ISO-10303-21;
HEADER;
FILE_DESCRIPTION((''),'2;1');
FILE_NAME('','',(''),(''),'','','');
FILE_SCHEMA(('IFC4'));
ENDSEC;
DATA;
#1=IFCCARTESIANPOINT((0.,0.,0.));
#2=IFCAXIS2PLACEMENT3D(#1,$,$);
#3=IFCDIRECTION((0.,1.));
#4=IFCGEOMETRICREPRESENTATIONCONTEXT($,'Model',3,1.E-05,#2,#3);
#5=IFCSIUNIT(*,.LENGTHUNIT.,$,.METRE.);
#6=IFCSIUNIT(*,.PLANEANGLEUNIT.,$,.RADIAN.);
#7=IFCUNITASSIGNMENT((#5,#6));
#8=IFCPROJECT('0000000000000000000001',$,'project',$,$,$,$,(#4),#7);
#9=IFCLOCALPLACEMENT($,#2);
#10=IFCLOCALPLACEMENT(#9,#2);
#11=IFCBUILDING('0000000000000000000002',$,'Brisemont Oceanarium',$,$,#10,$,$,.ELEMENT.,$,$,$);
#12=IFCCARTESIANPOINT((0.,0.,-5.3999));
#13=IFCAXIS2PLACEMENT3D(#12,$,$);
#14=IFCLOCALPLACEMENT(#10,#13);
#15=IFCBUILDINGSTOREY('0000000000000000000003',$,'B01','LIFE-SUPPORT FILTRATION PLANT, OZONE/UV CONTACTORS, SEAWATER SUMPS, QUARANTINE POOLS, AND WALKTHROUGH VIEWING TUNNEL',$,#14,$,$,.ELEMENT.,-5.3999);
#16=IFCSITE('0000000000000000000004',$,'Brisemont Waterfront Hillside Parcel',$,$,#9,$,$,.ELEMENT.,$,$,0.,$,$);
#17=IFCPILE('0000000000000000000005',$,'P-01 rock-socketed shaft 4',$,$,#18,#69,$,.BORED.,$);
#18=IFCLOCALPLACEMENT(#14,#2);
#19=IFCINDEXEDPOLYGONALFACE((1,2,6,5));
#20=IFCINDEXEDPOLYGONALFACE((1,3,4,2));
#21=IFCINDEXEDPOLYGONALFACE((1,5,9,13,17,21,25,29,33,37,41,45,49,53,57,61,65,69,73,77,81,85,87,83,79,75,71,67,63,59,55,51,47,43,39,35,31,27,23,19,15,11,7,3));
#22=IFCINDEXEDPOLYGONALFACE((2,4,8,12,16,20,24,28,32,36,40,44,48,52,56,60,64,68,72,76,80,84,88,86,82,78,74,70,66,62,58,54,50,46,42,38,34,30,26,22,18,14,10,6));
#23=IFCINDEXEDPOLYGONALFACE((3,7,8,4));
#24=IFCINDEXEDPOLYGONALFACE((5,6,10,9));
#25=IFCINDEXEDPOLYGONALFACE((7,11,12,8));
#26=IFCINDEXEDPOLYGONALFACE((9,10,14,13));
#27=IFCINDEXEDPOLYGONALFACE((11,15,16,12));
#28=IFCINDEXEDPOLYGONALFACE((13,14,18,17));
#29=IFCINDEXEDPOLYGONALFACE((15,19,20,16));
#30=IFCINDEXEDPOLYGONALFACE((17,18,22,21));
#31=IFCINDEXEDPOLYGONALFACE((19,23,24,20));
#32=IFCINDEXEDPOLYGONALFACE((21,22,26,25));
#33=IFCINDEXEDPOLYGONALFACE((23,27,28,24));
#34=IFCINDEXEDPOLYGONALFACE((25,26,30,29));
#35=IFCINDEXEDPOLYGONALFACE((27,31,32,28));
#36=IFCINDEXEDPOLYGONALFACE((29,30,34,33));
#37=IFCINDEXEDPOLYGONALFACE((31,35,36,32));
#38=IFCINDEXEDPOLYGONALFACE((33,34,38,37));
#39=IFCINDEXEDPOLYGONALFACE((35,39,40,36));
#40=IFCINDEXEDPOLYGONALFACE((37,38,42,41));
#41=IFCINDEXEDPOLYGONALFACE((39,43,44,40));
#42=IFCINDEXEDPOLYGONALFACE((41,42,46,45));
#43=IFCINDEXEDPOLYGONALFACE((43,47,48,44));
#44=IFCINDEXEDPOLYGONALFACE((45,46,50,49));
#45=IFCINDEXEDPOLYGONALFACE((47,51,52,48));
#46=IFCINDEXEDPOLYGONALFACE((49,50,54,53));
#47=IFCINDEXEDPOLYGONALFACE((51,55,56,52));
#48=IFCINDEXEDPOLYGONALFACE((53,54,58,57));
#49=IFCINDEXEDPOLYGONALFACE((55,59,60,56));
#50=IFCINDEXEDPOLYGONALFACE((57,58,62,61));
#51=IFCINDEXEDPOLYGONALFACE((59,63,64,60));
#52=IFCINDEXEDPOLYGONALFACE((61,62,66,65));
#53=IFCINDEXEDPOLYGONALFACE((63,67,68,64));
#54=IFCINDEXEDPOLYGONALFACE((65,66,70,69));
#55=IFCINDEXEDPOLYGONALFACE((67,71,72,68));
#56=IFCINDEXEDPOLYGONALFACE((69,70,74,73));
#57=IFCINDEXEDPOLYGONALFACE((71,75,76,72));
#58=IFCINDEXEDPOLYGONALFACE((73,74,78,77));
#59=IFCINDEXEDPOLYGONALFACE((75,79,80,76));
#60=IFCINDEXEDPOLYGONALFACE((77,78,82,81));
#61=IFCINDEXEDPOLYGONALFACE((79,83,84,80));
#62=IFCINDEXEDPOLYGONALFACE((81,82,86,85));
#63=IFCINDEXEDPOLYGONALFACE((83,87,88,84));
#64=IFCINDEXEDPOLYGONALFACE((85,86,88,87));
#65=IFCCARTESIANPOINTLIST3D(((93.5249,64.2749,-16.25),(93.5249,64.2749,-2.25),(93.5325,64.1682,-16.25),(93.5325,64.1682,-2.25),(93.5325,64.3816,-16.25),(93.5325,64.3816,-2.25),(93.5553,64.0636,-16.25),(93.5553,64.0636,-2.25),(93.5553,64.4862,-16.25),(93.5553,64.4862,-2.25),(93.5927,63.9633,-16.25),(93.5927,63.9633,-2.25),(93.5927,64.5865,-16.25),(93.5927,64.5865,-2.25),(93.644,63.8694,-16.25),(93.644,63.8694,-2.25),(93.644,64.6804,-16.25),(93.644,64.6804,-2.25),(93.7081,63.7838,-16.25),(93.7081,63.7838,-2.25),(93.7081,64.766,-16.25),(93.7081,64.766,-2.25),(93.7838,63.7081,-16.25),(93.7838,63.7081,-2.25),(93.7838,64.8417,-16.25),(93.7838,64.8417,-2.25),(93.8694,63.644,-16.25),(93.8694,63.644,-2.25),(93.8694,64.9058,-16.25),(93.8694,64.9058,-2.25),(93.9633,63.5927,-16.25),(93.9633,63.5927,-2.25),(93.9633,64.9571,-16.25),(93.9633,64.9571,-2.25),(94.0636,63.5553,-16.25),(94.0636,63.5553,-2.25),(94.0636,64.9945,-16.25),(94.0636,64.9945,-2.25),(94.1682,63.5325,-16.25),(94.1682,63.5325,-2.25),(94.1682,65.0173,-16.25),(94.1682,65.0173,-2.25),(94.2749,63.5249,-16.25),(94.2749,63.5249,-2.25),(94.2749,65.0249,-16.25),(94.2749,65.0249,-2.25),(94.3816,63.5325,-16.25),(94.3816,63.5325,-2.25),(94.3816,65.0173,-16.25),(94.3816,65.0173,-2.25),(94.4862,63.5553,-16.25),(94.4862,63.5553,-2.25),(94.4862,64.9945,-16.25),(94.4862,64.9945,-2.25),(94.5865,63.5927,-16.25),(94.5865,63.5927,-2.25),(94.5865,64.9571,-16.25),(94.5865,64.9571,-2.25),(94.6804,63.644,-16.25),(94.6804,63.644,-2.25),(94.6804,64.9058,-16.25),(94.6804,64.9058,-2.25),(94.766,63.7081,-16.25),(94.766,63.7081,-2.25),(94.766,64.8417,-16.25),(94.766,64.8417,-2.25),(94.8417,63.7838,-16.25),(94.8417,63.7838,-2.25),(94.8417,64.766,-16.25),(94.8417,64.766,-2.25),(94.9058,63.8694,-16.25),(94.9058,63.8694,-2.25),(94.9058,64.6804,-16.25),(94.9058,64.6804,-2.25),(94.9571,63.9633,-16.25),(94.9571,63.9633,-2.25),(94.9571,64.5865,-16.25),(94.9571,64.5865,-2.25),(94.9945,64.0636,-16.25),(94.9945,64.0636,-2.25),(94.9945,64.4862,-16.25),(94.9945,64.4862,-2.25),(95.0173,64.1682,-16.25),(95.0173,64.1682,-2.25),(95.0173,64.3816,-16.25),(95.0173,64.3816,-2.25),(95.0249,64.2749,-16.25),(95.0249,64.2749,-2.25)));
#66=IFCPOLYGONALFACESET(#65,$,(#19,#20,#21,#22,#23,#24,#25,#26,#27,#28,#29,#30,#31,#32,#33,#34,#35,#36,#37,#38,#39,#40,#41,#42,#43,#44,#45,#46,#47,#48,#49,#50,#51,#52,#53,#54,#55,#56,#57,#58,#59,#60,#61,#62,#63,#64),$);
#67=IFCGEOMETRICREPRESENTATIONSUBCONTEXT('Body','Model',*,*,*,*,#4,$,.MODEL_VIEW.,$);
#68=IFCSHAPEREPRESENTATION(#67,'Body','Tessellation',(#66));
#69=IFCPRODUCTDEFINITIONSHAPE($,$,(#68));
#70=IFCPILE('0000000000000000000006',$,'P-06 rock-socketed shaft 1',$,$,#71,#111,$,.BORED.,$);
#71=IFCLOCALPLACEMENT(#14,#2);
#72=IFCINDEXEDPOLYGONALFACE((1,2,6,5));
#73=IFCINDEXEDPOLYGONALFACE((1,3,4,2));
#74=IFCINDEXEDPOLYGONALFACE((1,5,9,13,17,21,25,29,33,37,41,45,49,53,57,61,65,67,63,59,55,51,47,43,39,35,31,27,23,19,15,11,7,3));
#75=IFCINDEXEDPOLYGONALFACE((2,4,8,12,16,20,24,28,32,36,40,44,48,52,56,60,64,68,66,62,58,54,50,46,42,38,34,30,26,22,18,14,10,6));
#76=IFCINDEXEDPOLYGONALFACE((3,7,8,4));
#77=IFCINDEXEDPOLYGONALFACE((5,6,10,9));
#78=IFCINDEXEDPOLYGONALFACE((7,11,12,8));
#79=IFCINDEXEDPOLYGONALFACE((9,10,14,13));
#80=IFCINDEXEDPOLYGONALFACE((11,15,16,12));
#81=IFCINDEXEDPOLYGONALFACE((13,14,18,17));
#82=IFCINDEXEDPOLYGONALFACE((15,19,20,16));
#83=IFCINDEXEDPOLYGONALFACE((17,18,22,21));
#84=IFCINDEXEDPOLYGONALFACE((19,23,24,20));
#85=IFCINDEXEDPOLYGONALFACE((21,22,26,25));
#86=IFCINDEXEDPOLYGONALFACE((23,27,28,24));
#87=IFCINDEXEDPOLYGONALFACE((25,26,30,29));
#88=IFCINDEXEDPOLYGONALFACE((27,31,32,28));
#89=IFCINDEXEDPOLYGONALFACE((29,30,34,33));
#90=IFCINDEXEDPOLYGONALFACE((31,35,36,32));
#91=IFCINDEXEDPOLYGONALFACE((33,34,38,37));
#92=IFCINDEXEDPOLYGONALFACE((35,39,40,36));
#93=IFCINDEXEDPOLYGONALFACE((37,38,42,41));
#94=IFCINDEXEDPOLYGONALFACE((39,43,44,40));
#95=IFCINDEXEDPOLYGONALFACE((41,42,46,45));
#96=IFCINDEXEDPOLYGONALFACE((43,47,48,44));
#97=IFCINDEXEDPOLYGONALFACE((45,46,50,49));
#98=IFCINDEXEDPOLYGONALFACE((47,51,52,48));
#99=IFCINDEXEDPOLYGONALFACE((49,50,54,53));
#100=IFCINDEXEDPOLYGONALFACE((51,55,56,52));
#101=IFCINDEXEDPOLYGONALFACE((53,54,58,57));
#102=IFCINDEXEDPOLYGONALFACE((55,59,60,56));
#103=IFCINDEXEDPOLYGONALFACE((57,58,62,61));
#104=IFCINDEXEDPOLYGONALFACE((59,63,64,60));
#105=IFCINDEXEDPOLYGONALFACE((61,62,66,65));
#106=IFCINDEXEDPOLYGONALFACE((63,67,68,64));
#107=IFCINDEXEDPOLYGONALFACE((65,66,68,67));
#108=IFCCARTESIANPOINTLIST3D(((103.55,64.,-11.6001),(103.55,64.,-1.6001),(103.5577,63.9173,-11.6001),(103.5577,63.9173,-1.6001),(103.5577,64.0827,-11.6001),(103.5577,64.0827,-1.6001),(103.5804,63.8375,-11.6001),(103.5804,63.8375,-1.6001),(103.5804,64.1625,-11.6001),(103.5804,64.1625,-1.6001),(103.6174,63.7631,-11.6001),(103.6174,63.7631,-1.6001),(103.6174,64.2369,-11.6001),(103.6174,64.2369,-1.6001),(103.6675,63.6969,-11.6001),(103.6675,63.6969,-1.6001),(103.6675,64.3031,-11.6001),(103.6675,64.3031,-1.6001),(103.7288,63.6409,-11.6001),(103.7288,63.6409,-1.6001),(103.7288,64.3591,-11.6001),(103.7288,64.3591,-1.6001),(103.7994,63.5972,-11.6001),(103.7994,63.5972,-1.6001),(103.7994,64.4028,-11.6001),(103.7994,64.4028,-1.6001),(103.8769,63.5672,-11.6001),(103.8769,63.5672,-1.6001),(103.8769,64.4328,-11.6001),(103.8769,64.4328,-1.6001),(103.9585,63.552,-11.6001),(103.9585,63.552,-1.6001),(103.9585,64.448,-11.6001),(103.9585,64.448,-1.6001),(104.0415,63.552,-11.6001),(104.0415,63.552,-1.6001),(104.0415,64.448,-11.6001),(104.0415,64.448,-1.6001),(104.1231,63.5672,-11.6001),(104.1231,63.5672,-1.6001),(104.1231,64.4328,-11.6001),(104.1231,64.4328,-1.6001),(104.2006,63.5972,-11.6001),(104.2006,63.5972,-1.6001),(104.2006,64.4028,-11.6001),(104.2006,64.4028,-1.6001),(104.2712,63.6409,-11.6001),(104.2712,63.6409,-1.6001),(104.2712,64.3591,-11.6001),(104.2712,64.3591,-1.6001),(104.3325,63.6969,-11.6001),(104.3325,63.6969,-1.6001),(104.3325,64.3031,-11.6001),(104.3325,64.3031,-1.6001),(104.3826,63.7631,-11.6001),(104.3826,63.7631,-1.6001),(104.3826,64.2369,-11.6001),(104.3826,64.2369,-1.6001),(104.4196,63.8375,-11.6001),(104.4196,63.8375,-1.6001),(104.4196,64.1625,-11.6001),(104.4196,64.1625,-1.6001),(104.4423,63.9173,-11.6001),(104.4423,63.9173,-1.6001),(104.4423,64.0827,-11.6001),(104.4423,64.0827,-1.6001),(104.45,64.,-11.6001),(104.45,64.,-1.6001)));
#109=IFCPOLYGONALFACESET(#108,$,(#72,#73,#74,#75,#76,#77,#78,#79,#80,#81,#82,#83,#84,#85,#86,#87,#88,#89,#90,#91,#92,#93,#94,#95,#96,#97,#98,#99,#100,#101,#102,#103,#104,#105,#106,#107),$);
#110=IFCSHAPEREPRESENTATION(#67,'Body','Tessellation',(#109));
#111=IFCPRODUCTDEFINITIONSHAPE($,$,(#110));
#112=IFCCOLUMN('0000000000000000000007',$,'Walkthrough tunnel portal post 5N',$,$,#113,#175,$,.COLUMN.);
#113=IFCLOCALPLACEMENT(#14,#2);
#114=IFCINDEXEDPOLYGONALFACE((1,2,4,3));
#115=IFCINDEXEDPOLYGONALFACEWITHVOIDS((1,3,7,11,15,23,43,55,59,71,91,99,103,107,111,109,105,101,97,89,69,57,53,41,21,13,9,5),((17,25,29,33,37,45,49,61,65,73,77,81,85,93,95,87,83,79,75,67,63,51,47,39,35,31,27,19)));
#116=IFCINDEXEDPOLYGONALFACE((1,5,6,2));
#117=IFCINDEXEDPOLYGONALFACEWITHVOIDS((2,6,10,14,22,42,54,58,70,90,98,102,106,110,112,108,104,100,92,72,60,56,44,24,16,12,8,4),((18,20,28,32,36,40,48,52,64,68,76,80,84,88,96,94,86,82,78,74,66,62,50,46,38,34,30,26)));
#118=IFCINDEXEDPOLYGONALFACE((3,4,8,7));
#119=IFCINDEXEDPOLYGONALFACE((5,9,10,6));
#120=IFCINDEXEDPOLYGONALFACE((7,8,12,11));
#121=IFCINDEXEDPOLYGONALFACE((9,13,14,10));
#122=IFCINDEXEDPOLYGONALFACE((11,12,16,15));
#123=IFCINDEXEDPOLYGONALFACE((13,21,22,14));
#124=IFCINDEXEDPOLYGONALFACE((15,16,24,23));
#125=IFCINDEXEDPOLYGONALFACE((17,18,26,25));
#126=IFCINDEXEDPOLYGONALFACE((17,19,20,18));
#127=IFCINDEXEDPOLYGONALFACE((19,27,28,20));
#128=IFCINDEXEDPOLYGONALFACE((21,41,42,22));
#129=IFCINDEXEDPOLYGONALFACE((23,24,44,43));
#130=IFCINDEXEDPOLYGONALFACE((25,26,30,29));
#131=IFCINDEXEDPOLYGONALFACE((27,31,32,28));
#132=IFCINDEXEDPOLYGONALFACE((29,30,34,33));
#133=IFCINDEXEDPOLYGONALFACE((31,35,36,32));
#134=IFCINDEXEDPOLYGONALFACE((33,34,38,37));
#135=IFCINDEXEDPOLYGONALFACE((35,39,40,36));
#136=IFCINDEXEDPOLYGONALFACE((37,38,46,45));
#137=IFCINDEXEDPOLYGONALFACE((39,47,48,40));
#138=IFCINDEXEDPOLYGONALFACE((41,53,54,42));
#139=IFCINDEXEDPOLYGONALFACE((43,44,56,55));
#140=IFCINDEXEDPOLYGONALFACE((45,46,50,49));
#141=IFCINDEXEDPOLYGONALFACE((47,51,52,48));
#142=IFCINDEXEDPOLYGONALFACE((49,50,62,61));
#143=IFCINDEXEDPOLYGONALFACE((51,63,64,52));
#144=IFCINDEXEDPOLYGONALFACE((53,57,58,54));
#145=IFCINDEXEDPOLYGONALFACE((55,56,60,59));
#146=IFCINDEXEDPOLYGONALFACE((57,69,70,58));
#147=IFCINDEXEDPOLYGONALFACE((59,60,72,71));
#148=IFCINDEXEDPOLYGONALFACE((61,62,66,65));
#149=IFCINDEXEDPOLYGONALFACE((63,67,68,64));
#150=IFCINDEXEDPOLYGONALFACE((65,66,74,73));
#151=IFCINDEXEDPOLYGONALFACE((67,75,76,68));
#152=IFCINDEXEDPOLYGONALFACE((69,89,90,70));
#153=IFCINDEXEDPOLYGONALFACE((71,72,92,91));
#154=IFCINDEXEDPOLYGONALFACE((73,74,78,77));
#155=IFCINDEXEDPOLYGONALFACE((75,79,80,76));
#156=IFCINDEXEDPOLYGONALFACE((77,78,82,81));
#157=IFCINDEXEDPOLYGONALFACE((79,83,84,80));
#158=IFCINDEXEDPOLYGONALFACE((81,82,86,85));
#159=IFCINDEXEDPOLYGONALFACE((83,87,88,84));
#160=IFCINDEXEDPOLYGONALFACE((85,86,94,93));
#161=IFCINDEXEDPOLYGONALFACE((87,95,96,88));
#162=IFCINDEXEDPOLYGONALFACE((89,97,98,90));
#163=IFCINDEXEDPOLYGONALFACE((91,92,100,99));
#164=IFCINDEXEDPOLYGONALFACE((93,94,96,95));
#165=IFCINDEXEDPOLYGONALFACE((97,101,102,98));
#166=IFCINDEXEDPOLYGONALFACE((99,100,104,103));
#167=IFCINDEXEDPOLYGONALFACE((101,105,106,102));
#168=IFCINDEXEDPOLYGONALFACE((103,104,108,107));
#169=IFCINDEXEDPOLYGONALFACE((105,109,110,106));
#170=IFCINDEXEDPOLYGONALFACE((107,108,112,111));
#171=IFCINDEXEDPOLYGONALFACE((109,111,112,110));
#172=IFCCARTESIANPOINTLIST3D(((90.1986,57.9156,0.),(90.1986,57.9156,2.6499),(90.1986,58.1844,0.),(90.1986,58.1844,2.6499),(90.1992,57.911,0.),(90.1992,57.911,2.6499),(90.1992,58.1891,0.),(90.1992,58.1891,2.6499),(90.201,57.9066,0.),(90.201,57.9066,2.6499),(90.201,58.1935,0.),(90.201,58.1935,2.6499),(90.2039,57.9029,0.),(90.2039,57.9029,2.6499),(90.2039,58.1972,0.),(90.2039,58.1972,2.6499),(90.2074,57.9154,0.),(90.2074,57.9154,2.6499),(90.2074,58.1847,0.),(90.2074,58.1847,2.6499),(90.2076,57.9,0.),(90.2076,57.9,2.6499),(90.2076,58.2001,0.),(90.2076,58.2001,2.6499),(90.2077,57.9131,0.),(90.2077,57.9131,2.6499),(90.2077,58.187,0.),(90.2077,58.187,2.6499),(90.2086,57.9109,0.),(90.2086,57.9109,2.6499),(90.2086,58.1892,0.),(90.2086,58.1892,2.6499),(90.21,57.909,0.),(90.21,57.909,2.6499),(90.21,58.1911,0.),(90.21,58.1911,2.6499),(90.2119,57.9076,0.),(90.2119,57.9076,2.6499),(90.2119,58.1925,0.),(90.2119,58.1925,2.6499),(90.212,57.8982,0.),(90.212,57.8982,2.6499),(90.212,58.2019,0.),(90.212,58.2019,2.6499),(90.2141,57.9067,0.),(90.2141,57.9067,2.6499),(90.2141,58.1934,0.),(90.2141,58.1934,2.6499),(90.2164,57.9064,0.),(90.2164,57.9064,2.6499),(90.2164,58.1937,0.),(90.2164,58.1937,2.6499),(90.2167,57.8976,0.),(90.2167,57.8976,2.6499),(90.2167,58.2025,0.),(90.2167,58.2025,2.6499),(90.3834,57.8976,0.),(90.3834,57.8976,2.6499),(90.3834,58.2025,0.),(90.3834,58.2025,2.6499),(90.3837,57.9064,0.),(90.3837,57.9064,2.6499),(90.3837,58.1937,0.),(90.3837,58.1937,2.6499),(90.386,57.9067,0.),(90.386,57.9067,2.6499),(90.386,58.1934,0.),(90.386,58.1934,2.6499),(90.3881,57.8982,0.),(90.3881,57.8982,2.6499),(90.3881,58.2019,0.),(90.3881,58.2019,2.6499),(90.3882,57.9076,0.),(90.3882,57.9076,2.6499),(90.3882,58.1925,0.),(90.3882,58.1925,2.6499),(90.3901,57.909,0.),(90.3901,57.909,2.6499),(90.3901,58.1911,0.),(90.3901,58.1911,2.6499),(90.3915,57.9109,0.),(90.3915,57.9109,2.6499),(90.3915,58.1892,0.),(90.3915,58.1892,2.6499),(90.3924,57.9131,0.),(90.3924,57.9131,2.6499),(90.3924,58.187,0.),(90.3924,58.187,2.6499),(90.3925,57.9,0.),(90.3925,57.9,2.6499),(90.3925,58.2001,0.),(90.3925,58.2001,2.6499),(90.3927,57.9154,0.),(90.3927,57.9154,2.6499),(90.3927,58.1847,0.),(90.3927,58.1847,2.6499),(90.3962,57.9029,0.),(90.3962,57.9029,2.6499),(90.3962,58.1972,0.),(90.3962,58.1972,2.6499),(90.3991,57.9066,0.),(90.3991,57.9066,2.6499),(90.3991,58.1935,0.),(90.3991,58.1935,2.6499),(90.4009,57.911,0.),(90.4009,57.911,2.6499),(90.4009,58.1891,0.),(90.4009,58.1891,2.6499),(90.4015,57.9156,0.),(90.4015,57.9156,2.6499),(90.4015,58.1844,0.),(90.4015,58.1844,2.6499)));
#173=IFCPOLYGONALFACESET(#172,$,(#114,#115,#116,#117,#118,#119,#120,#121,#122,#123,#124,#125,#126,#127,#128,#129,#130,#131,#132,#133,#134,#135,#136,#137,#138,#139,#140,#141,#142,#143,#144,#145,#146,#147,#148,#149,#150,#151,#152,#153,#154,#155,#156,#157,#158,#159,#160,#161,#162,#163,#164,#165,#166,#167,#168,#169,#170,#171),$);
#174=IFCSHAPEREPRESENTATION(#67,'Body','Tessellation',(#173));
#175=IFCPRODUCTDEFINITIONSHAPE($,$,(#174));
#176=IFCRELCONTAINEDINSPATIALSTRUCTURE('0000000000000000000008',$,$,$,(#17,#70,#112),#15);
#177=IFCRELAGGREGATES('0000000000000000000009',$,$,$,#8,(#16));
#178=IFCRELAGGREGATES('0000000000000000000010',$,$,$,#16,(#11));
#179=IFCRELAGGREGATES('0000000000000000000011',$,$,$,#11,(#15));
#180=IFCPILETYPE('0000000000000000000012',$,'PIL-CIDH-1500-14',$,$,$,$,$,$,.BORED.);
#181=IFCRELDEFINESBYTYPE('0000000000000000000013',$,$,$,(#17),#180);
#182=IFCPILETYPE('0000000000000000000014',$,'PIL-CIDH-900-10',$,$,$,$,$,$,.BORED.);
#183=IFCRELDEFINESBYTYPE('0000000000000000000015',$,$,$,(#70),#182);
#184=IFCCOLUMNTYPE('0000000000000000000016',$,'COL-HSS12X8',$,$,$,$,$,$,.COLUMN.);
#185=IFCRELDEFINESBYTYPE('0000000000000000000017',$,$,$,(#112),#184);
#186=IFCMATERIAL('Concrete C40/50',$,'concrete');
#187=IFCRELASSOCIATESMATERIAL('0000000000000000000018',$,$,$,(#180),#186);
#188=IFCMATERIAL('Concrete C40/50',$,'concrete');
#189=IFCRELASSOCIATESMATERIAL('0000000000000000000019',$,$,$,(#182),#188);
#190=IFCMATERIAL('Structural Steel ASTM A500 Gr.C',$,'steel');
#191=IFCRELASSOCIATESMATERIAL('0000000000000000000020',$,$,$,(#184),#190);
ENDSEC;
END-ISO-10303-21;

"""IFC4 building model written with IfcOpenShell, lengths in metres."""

from ifc_helpers import new_model, si_unit, direction, frame, origin, origin_2d, place, context, subcontext, project, spatial, hollow_rectangle, circle, extrude, material, material_profile, profile_set, type_object, element, save


model = new_model("IFC4")

# Units and contexts
model_context = context("Model", 3, precision=1e-05, world=origin(), true_north=direction((0.0, 1.0)))
body_context = subcontext(model_context, "Body", "Model", "MODEL_VIEW")
ifc_project = project(units=[si_unit("LENGTHUNIT", "METRE"), si_unit("PLANEANGLEUNIT", "RADIAN")], contexts=[model_context])

# Site, building, storey
site_placement = place(None, origin())
site = spatial("IfcSite", under=ifc_project, at=site_placement, Name="Brisemont Waterfront Hillside Parcel", CompositionType="ELEMENT", RefElevation=0.0)
building_placement = place(site_placement, origin())
building = spatial("IfcBuilding", under=site, at=building_placement, Name="Brisemont Oceanarium", CompositionType="ELEMENT")
storey_placement = place(building_placement, frame((0.0, 0.0, -5.3999)))
storey = spatial("IfcBuildingStorey", under=building, at=storey_placement, Name="B01", Description="LIFE-SUPPORT FILTRATION PLANT, OZONE/UV CONTACTORS, SEAWATER SUMPS, QUARANTINE POOLS, AND WALKTHROUGH VIEWING TUNNEL", CompositionType="ELEMENT", Elevation=-5.3999)

# Piles
ifc_material_1 = material(Name="Concrete C40/50", Category="concrete")
ifc_material_profile_1 = material_profile(ifc_material_1, circle(Radius=0.75, at=origin_2d()), Name="CIDH-D1500")
ifc_profile_set_1 = profile_set([ifc_material_profile_1], Name="Concrete C40/50")
pile_type_1 = type_object("IfcPileType", Name="PIL-CIDH-1500-14", PredefinedType="BORED", material=ifc_profile_set_1)
for number, where, z_axis, x_axis, name in (
    (1, (94.2749, 64.2749, -2.25), (0.0, 0.0, -1.0), (1.0, 0.0, 0.0), "P-01 rock-socketed shaft 4"),
):
    element("IfcPile", number, at=place(storey_placement, frame(where, z_axis=z_axis, x_axis=x_axis)), inside=storey, type_object=pile_type_1, Name=name, PredefinedType="BORED", context=body_context, shape_type="SweptSolid", body=[
        extrude(circle(Radius=0.75, at=origin_2d()), origin(), (0.0, 0.0, 1.0), 14.0),
    ])
ifc_material_2 = material(Name="Concrete C40/50", Category="concrete")
ifc_material_profile_2 = material_profile(ifc_material_2, circle(Radius=0.45, at=origin_2d()), Name="CIDH-D900")
ifc_profile_set_2 = profile_set([ifc_material_profile_2], Name="Concrete C40/50")
pile_type_2 = type_object("IfcPileType", Name="PIL-CIDH-900-10", PredefinedType="BORED", material=ifc_profile_set_2)
pile_1_placement = place(storey_placement, frame((104.0, 64.0, -1.6001), z_axis=(0.0, 0.0, -1.0), x_axis=(1.0, 0.0, 0.0)))
element("IfcPile", 2, at=pile_1_placement, inside=storey, type_object=pile_type_2, Name="P-06 rock-socketed shaft 1", PredefinedType="BORED", context=body_context, shape_type="SweptSolid", body=[
    extrude(circle(Radius=0.45, at=origin_2d()), origin(), (0.0, 0.0, 1.0), 10.0),
])

# Column
ifc_material_3 = material(Name="Structural Steel ASTM A500 Gr.C", Category="steel")
ifc_material_profile_3 = material_profile(ifc_material_3, hollow_rectangle(XDim=0.2029, YDim=0.3049, WallThickness=0.0088, InnerFilletRadius=0.009, OuterFilletRadius=0.0181, at=origin_2d()), Name="HSS12X8X3/8")
ifc_profile_set_3 = profile_set([ifc_material_profile_3], Name="Structural Steel ASTM A500 Gr.C")
column_type_1 = type_object("IfcColumnType", Name="COL-HSS12X8", PredefinedType="COLUMN", material=ifc_profile_set_3)
for number, where, z_axis, x_axis, name in (
    (3, (90.3, 58.05, 0.0), (0.0, 0.0, 1.0), (1.0, 0.0, 0.0), "Walkthrough tunnel portal post 5N"),
):
    element("IfcColumn", number, at=place(storey_placement, frame(where, z_axis=z_axis, x_axis=x_axis)), inside=storey, type_object=column_type_1, Name=name, PredefinedType="COLUMN", context=body_context, shape_type="SweptSolid", body=[
        extrude(hollow_rectangle(XDim=0.2029, YDim=0.3049, WallThickness=0.0088, InnerFilletRadius=0.009, OuterFilletRadius=0.0181, at=origin_2d()), origin(), (0.0, 0.0, 1.0), 2.6499),
    ])

save(model, "model.ifc")
